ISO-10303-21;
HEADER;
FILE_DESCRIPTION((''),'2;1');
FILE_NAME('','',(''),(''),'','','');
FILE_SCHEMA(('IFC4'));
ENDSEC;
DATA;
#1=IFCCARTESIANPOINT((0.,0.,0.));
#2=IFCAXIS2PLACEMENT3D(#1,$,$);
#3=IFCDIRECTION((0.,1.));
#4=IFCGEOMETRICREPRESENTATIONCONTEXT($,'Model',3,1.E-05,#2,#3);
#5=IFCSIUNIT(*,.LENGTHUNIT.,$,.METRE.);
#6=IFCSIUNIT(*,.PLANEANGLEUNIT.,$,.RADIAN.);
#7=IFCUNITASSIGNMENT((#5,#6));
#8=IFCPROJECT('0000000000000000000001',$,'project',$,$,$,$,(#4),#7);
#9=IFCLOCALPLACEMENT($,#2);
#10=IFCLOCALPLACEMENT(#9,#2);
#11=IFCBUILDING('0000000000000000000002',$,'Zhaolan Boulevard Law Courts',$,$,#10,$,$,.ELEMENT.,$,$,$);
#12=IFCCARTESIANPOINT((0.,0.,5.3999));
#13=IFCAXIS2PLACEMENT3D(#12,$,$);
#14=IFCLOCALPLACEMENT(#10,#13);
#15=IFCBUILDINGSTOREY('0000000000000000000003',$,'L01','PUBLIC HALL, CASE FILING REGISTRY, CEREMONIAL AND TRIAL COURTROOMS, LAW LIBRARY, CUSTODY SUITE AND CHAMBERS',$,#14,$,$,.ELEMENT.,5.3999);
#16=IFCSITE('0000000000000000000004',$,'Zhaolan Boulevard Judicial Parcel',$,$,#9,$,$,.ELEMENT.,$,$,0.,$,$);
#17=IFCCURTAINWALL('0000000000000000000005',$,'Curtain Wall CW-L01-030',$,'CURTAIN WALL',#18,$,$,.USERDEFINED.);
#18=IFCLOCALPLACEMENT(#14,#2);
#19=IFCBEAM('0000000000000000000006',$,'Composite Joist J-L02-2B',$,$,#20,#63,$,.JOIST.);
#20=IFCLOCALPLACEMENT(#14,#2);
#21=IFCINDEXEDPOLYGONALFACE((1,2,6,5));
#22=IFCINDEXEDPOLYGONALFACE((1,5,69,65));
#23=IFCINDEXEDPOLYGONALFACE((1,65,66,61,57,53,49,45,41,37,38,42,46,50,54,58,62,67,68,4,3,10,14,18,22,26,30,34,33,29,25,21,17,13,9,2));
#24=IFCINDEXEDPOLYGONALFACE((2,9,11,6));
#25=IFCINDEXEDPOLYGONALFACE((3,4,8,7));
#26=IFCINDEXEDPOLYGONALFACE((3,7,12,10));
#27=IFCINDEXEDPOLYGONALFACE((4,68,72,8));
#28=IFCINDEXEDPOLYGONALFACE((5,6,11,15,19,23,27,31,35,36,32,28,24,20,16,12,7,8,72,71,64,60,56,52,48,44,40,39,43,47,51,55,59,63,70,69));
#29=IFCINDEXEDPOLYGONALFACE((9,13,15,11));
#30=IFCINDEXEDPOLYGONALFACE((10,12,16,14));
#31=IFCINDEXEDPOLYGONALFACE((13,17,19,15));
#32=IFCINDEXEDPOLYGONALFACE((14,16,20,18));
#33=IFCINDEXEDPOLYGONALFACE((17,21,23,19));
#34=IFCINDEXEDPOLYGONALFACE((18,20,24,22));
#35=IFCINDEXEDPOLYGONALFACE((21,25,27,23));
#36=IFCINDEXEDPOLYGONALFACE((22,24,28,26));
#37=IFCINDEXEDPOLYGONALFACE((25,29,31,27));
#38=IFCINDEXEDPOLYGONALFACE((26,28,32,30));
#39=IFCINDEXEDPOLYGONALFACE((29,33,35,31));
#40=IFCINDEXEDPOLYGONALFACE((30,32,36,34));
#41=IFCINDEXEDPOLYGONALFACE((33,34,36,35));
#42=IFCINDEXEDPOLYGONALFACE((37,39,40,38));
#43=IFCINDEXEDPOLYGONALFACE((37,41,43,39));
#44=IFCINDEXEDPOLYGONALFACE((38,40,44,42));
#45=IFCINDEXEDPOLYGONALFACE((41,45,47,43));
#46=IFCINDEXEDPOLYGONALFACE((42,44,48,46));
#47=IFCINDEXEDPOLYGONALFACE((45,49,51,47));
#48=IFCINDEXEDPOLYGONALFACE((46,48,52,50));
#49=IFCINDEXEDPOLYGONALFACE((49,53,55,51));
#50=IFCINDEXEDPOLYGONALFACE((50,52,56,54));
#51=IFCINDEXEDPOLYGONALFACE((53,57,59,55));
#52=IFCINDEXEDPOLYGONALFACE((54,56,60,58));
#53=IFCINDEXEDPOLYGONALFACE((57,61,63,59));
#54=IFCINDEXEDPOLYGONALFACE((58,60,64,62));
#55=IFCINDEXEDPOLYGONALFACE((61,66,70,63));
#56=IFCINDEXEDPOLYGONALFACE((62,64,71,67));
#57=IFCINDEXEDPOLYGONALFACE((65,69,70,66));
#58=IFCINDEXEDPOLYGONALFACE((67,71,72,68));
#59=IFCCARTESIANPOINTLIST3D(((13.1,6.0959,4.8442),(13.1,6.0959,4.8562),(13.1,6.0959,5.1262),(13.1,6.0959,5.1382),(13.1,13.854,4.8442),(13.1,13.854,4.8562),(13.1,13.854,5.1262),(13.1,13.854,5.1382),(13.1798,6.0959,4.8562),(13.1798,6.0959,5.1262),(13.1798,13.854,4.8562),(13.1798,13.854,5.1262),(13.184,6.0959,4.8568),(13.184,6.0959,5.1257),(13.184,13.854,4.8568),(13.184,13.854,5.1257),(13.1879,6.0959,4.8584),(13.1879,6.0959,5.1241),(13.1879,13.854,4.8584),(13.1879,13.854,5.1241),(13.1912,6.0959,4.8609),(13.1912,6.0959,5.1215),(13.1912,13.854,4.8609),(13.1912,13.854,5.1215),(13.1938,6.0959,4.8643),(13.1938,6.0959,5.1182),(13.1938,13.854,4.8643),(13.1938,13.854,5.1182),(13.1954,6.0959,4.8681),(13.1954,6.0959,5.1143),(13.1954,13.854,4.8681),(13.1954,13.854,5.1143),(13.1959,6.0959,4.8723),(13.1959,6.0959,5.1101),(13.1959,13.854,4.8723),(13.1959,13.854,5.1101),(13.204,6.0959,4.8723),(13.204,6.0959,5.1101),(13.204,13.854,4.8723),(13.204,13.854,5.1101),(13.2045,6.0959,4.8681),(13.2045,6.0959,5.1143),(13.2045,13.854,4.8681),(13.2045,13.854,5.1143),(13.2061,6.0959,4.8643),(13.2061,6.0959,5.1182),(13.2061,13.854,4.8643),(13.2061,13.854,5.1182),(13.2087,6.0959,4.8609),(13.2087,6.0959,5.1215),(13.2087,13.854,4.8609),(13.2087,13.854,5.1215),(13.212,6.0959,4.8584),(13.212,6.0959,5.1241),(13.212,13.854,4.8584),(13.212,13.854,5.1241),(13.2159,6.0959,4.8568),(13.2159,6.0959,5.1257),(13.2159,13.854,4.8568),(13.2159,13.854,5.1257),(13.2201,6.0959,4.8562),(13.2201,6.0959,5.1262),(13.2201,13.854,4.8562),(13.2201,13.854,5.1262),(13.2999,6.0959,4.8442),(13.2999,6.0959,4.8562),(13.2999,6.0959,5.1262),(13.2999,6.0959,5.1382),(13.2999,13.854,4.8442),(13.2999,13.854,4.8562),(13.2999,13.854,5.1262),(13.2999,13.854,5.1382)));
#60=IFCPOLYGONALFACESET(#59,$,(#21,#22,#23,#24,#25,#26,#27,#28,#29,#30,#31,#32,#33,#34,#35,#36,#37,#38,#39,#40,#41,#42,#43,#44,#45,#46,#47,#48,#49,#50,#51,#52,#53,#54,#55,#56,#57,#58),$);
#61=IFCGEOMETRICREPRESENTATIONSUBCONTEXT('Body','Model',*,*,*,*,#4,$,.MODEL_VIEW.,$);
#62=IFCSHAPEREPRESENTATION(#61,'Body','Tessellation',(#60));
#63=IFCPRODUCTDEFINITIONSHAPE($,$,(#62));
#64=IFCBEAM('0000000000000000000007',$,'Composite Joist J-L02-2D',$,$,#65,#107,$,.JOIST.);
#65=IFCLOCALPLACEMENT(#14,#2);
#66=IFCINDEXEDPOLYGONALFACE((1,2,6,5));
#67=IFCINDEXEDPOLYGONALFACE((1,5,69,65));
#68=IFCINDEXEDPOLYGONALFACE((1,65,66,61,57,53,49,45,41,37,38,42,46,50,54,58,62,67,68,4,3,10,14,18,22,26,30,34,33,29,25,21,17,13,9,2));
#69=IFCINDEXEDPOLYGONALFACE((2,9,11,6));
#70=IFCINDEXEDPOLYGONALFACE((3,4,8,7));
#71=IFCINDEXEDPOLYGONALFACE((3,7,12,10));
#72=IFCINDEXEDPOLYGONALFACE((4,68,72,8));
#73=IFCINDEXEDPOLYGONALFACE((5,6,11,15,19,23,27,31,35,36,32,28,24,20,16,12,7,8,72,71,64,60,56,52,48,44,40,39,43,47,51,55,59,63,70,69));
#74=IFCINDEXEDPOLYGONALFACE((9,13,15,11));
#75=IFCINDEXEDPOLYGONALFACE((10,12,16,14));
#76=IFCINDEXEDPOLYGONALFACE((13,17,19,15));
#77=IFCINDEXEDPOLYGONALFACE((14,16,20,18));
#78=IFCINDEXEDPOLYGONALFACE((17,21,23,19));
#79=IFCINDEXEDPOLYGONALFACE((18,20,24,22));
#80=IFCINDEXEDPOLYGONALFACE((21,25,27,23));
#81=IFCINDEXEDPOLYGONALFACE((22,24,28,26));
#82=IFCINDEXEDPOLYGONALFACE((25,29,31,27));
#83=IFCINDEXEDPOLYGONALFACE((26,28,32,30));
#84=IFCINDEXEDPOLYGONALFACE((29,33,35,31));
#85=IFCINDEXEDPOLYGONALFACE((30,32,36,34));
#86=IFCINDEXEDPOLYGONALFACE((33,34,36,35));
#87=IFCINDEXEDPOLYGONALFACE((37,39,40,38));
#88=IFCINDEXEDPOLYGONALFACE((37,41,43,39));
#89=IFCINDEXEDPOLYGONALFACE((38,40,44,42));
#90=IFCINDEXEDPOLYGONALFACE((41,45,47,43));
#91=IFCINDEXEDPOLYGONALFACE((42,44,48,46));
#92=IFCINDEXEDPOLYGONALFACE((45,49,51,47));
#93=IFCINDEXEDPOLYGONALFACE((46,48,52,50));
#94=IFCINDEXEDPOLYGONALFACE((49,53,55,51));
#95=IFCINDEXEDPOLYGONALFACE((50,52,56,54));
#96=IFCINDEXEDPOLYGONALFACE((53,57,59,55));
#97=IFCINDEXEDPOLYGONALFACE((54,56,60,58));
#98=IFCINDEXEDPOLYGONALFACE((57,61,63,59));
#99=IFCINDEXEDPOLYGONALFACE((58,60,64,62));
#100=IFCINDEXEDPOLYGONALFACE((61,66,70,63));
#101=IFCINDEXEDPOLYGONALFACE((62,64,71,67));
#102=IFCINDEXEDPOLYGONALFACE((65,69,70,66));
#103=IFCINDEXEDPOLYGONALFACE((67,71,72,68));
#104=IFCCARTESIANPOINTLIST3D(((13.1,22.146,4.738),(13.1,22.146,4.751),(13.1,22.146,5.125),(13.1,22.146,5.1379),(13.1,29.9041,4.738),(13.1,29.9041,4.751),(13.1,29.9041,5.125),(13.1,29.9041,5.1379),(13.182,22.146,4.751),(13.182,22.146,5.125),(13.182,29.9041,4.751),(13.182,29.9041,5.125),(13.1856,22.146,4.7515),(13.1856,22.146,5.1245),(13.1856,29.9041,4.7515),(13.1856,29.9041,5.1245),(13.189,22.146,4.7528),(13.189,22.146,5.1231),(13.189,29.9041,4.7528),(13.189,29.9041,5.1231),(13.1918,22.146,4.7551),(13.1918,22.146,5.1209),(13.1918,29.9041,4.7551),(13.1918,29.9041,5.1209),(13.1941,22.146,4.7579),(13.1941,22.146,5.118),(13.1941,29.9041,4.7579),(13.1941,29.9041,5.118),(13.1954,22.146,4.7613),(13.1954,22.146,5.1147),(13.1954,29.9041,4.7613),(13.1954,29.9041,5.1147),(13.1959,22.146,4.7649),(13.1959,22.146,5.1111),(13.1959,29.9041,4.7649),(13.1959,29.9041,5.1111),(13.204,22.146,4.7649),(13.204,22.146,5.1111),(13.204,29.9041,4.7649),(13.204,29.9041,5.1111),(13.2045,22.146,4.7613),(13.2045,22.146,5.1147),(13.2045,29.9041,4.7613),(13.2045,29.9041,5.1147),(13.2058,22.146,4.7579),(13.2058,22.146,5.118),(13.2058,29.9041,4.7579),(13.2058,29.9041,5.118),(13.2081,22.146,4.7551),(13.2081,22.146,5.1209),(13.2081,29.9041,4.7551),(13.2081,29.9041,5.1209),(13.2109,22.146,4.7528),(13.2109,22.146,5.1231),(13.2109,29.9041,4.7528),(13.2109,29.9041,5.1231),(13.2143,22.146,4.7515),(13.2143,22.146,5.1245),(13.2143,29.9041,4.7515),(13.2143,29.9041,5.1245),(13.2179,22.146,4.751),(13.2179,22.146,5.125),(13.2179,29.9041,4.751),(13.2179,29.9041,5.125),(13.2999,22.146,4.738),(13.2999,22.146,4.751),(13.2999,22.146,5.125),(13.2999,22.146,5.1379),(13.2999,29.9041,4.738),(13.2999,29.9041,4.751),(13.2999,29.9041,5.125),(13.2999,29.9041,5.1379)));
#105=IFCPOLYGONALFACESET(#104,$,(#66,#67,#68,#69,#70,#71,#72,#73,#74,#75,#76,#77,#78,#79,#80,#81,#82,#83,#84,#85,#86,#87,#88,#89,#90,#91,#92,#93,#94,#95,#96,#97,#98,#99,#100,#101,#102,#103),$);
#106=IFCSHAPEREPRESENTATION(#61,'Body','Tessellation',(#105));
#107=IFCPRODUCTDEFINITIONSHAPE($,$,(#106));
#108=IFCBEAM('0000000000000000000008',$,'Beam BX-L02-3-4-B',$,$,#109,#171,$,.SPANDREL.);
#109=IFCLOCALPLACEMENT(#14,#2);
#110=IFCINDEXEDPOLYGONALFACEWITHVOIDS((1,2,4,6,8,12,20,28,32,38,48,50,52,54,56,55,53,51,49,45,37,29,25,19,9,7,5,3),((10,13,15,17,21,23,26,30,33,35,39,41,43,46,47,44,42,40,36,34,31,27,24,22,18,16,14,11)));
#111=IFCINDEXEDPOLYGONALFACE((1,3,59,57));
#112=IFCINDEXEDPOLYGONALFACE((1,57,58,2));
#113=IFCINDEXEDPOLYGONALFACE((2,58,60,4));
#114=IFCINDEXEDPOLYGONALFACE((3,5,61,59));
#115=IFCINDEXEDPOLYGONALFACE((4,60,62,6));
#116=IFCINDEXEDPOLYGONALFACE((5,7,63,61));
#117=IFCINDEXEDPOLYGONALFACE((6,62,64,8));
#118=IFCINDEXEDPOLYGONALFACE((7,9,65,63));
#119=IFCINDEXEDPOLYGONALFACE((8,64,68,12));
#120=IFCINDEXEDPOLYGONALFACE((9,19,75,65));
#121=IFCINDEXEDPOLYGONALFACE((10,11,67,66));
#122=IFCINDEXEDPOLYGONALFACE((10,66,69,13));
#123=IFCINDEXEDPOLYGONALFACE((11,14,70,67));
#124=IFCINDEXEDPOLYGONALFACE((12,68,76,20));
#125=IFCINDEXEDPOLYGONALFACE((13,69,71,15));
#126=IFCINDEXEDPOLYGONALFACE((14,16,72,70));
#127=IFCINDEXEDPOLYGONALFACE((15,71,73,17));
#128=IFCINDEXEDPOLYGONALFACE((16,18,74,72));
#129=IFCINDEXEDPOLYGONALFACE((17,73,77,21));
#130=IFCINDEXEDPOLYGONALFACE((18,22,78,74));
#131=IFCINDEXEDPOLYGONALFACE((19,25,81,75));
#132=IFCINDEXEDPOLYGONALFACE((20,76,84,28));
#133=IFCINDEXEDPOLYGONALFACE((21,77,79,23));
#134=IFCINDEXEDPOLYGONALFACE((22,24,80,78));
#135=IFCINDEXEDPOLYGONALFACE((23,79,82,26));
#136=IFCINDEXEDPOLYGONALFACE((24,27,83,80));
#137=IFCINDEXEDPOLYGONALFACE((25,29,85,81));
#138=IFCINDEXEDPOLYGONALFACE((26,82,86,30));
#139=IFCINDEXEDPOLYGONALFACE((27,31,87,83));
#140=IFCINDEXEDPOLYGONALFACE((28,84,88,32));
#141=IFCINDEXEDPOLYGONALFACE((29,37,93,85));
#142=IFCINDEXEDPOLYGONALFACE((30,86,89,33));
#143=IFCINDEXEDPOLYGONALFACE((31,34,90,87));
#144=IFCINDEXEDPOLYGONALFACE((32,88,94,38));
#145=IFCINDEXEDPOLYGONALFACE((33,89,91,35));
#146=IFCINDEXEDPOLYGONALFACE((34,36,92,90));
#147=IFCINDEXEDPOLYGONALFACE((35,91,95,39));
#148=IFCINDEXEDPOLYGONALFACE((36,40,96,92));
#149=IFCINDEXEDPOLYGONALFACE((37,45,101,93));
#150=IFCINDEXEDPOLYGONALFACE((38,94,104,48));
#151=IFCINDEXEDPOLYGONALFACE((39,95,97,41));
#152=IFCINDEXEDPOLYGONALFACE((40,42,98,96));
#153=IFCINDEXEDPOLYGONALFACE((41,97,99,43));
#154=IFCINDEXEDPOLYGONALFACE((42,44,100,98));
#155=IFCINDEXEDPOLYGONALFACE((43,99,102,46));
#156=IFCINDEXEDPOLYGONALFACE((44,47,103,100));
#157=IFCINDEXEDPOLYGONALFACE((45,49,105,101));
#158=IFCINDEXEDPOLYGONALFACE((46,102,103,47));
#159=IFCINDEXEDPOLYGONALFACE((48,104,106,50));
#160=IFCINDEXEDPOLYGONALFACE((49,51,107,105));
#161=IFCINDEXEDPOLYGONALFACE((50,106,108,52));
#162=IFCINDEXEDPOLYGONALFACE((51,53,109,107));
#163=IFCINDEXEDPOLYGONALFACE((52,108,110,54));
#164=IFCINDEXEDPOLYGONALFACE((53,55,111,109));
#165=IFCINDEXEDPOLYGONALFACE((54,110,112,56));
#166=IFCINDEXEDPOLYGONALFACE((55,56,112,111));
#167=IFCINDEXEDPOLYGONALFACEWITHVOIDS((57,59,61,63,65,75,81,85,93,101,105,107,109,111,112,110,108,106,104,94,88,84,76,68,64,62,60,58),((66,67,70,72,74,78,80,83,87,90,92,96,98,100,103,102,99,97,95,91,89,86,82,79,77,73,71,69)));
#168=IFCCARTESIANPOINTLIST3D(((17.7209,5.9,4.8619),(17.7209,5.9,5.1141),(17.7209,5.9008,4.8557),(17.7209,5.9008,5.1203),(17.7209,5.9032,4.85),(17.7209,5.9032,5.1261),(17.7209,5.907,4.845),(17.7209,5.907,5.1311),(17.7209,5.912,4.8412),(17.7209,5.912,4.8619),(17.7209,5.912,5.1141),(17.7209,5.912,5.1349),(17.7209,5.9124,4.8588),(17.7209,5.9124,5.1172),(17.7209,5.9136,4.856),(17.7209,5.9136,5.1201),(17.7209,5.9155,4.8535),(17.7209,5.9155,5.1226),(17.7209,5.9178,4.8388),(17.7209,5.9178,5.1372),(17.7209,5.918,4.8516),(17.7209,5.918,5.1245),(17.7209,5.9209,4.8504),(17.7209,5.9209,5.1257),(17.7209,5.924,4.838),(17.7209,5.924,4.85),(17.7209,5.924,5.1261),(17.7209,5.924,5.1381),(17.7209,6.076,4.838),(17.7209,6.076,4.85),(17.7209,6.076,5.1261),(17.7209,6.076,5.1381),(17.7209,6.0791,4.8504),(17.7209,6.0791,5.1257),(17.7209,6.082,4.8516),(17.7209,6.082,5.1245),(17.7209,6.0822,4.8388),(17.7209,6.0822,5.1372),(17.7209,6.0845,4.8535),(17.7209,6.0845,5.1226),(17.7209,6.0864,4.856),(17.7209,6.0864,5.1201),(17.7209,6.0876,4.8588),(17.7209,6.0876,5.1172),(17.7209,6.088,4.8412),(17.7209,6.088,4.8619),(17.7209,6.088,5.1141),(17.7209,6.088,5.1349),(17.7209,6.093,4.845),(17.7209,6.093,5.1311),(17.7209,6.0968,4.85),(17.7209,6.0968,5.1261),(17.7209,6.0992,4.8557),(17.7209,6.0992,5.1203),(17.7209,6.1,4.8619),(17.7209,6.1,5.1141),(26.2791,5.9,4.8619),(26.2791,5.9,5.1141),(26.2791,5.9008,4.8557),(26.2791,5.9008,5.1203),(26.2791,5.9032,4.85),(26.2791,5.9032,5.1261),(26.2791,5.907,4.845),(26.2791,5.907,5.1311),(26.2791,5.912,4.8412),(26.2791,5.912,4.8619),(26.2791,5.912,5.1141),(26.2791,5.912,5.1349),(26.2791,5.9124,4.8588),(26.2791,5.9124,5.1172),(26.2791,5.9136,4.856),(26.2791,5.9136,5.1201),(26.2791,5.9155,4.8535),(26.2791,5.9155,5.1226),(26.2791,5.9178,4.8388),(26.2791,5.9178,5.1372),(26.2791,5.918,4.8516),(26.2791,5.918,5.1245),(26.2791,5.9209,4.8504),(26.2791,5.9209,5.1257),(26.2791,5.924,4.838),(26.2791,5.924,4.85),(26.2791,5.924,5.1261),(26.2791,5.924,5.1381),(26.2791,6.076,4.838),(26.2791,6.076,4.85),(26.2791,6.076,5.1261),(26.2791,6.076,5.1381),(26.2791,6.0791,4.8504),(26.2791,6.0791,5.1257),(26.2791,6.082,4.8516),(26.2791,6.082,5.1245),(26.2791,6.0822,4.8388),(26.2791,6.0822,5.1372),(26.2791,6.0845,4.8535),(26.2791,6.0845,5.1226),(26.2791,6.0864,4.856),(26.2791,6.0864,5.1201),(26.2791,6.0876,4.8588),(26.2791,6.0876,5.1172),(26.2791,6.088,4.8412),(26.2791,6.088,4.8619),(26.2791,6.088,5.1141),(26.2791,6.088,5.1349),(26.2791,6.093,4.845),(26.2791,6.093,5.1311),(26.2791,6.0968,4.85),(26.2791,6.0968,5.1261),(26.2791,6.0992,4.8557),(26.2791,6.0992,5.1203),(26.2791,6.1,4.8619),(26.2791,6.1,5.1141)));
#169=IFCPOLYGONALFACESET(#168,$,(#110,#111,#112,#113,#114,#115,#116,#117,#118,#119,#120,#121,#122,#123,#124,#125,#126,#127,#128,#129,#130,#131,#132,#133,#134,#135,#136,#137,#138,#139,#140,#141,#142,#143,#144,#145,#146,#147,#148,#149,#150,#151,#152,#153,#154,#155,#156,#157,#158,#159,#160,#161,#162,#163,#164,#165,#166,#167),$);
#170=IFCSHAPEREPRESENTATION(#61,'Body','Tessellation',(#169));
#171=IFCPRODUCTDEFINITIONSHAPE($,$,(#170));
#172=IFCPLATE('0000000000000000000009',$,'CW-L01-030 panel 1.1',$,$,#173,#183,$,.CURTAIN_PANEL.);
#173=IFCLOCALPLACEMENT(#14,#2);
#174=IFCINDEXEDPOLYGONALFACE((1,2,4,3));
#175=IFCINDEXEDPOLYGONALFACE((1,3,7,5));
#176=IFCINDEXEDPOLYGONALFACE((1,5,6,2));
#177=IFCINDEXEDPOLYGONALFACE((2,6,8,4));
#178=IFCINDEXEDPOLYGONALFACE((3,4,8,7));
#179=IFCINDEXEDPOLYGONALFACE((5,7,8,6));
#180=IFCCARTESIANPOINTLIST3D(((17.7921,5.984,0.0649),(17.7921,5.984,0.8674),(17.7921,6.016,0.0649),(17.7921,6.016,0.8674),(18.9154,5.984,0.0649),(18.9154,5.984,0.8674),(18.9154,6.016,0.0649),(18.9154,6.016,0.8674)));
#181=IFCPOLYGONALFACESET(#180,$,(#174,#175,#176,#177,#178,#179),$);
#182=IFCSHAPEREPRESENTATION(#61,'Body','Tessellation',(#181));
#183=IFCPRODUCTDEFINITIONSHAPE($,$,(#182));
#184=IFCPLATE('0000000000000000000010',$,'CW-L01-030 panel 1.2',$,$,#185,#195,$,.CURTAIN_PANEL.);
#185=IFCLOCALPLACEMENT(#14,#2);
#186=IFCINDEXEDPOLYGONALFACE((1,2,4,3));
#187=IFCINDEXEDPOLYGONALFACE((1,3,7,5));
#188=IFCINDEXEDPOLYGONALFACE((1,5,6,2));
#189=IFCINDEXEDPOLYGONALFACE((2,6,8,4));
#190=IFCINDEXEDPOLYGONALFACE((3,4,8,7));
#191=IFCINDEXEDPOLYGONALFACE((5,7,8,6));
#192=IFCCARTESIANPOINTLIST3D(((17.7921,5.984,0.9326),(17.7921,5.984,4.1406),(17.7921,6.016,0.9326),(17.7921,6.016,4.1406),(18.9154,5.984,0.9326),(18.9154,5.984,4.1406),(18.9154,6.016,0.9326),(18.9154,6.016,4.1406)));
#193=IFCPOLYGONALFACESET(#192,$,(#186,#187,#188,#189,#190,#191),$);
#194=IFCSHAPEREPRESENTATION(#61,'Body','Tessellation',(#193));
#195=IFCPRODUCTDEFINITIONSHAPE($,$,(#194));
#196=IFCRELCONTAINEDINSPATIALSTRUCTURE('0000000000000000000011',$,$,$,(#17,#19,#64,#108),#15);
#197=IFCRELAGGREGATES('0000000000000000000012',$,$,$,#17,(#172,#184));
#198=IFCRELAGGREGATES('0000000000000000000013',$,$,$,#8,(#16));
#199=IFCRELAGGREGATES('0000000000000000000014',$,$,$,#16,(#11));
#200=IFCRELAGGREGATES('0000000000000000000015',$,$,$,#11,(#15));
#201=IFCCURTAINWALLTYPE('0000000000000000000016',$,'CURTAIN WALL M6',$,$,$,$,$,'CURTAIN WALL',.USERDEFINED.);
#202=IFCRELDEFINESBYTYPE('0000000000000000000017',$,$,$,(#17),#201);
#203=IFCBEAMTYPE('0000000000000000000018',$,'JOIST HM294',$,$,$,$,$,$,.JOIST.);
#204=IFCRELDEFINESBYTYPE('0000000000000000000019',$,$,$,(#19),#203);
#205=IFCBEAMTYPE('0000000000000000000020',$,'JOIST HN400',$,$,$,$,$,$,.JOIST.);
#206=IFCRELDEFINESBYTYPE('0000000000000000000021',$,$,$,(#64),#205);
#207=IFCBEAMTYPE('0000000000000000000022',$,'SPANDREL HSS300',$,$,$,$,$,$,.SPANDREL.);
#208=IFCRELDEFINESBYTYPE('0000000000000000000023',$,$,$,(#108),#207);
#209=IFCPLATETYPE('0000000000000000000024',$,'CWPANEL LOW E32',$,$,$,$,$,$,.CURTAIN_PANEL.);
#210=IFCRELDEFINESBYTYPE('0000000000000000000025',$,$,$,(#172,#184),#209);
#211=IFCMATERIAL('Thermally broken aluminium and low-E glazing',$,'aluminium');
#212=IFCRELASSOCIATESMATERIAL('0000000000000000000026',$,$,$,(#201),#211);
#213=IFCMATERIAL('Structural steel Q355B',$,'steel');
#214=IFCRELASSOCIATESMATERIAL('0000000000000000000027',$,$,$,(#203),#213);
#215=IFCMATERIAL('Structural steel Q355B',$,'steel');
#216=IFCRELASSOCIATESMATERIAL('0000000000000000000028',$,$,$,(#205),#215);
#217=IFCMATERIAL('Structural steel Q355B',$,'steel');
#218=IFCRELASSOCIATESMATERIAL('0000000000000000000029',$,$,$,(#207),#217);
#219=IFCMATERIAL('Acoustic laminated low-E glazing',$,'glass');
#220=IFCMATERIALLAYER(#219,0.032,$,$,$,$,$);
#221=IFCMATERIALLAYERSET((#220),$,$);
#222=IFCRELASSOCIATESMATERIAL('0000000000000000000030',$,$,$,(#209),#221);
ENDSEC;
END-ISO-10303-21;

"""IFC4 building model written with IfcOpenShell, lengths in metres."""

from ifc_helpers import new_model, si_unit, direction, frame, origin, origin_2d, place, context, subcontext, project, spatial, rectangle, hollow_rectangle, i_section, extrude, material, layer, layer_set, material_profile, profile_set, type_object, element, aggregate, save


model = new_model("IFC4")

# Units and contexts
model_context = context("Model", 3, precision=1e-05, world=origin(), true_north=direction((0.0, 1.0)))
body_context = subcontext(model_context, "Body", "Model", "MODEL_VIEW")
ifc_project = project(units=[si_unit("LENGTHUNIT", "METRE"), si_unit("PLANEANGLEUNIT", "RADIAN")], contexts=[model_context])

# Site, building, storey
site_placement = place(None, origin())
site = spatial("IfcSite", under=ifc_project, at=site_placement, Name="Zhaolan Boulevard Judicial Parcel", CompositionType="ELEMENT", RefElevation=0.0)
building_placement = place(site_placement, origin())
building = spatial("IfcBuilding", under=site, at=building_placement, Name="Zhaolan Boulevard Law Courts", CompositionType="ELEMENT")
storey_placement = place(building_placement, frame((0.0, 0.0, 5.3999)))
storey = spatial("IfcBuildingStorey", under=building, at=storey_placement, Name="L01", Description="PUBLIC HALL, CASE FILING REGISTRY, CEREMONIAL AND TRIAL COURTROOMS, LAW LIBRARY, CUSTODY SUITE AND CHAMBERS", CompositionType="ELEMENT", Elevation=5.3999)

# Curtain wall
ifc_material_1 = material(Name="Thermally broken aluminium and low-E glazing", Category="aluminium")
curtain_wall_type = type_object("IfcCurtainWallType", Name="CURTAIN WALL M6", ElementType="CURTAIN WALL", PredefinedType="USERDEFINED", material=ifc_material_1)
curtain_wall_placement = place(storey_placement, origin())
curtain_wall = element("IfcCurtainWall", 1, at=curtain_wall_placement, inside=storey, type_object=curtain_wall_type, Name="Curtain Wall CW-L01-030", ObjectType="CURTAIN WALL", PredefinedType="USERDEFINED")

# Beams
ifc_material_2 = material(Name="Structural steel Q355B", Category="steel")
ifc_material_profile_1 = material_profile(ifc_material_2, i_section(OverallWidth=0.2, OverallDepth=0.2939, WebThickness=0.0081, FlangeThickness=0.012, FilletRadius=0.0161, at=origin_2d()), Name="HM294x200")
ifc_profile_set_1 = profile_set([ifc_material_profile_1], Name="Structural steel Q355B")
beam_type_1 = type_object("IfcBeamType", Name="JOIST HM294", PredefinedType="JOIST", material=ifc_profile_set_1)
beam_1_placement = place(storey_placement, frame((13.2, 6.0959, 4.9912), z_axis=(0.0, 1.0, 0.0), x_axis=(-1.0, 0.0, 0.0)))
element("IfcBeam", 2, at=beam_1_placement, inside=storey, type_object=beam_type_1, Name="Composite Joist J-L02-2B", PredefinedType="JOIST", context=body_context, shape_type="SweptSolid", body=[
    extrude(i_section(OverallWidth=0.2, OverallDepth=0.2939, WebThickness=0.0081, FlangeThickness=0.012, FilletRadius=0.0161, at=origin_2d()), origin(), (0.0, 0.0, 1.0), 7.7581),
])
ifc_material_3 = material(Name="Structural steel Q355B", Category="steel")
ifc_material_profile_2 = material_profile(ifc_material_3, i_section(OverallWidth=0.2, OverallDepth=0.3999, WebThickness=0.0081, FlangeThickness=0.0129, FilletRadius=0.0139, at=origin_2d()), Name="HN400x200")
ifc_profile_set_2 = profile_set([ifc_material_profile_2], Name="Structural steel Q355B")
beam_type_2 = type_object("IfcBeamType", Name="JOIST HN400", PredefinedType="JOIST", material=ifc_profile_set_2)
beam_2_placement = place(storey_placement, frame((13.2, 22.146, 4.938), z_axis=(0.0, 1.0, 0.0), x_axis=(-1.0, 0.0, 0.0)))
element("IfcBeam", 3, at=beam_2_placement, inside=storey, type_object=beam_type_2, Name="Composite Joist J-L02-2D", PredefinedType="JOIST", context=body_context, shape_type="SweptSolid", body=[
    extrude(i_section(OverallWidth=0.2, OverallDepth=0.3999, WebThickness=0.0081, FlangeThickness=0.0129, FilletRadius=0.0139, at=origin_2d()), origin(), (0.0, 0.0, 1.0), 7.7581),
])
ifc_material_4 = material(Name="Structural steel Q355B", Category="steel")
ifc_material_profile_3 = material_profile(ifc_material_4, hollow_rectangle(XDim=0.2, YDim=0.3, WallThickness=0.012, InnerFilletRadius=0.012, OuterFilletRadius=0.0239, at=origin_2d()), Name="HSS300x200x12")
ifc_profile_set_3 = profile_set([ifc_material_profile_3], Name="Structural steel Q355B")
beam_type_3 = type_object("IfcBeamType", Name="SPANDREL HSS300", PredefinedType="SPANDREL", material=ifc_profile_set_3)
beam_3_placement = place(storey_placement, frame((17.7209, 6.0, 4.988), z_axis=(1.0, 0.0, 0.0), x_axis=(0.0, 1.0, 0.0)))
element("IfcBeam", 4, at=beam_3_placement, inside=storey, type_object=beam_type_3, Name="Beam BX-L02-3-4-B", PredefinedType="SPANDREL", context=body_context, shape_type="SweptSolid", body=[
    extrude(hollow_rectangle(XDim=0.2, YDim=0.3, WallThickness=0.012, InnerFilletRadius=0.012, OuterFilletRadius=0.0239, at=origin_2d()), origin(), (0.0, 0.0, 1.0), 8.5581),
])

# Plates
ifc_material_5 = material(Name="Acoustic laminated low-E glazing", Category="glass")
ifc_layer_1 = layer(ifc_material_5, 0.032)
ifc_layer_set_1 = layer_set([ifc_layer_1])
plate_type_1 = type_object("IfcPlateType", Name="CWPANEL LOW E32", PredefinedType="CURTAIN_PANEL", material=ifc_layer_set_1)
plate_1_placement = place(storey_placement, frame((18.3538, 6.0, 0.0649), z_axis=(0.0, 0.0, 1.0), x_axis=(1.0, 0.0, 0.0)))
plate_1 = element("IfcPlate", 5, at=plate_1_placement, type_object=plate_type_1, Name="CW-L01-030 panel 1.1", PredefinedType="CURTAIN_PANEL", context=body_context, shape_type="SweptSolid", body=[
    extrude(rectangle(XDim=1.1233, YDim=0.032, at=origin_2d()), origin(), (0.0, 0.0, 1.0), 0.8025),
])
plate_2_placement = place(storey_placement, frame((18.3538, 6.0, 0.9326), z_axis=(0.0, 0.0, 1.0), x_axis=(1.0, 0.0, 0.0)))
plate_2 = element("IfcPlate", 6, at=plate_2_placement, type_object=plate_type_1, Name="CW-L01-030 panel 1.2", PredefinedType="CURTAIN_PANEL", context=body_context, shape_type="SweptSolid", body=[
    extrude(rectangle(XDim=1.1233, YDim=0.032, at=origin_2d()), origin(), (0.0, 0.0, 1.0), 3.208),
])
aggregate(curtain_wall, [plate_1, plate_2])

save(model, "model.ifc")
